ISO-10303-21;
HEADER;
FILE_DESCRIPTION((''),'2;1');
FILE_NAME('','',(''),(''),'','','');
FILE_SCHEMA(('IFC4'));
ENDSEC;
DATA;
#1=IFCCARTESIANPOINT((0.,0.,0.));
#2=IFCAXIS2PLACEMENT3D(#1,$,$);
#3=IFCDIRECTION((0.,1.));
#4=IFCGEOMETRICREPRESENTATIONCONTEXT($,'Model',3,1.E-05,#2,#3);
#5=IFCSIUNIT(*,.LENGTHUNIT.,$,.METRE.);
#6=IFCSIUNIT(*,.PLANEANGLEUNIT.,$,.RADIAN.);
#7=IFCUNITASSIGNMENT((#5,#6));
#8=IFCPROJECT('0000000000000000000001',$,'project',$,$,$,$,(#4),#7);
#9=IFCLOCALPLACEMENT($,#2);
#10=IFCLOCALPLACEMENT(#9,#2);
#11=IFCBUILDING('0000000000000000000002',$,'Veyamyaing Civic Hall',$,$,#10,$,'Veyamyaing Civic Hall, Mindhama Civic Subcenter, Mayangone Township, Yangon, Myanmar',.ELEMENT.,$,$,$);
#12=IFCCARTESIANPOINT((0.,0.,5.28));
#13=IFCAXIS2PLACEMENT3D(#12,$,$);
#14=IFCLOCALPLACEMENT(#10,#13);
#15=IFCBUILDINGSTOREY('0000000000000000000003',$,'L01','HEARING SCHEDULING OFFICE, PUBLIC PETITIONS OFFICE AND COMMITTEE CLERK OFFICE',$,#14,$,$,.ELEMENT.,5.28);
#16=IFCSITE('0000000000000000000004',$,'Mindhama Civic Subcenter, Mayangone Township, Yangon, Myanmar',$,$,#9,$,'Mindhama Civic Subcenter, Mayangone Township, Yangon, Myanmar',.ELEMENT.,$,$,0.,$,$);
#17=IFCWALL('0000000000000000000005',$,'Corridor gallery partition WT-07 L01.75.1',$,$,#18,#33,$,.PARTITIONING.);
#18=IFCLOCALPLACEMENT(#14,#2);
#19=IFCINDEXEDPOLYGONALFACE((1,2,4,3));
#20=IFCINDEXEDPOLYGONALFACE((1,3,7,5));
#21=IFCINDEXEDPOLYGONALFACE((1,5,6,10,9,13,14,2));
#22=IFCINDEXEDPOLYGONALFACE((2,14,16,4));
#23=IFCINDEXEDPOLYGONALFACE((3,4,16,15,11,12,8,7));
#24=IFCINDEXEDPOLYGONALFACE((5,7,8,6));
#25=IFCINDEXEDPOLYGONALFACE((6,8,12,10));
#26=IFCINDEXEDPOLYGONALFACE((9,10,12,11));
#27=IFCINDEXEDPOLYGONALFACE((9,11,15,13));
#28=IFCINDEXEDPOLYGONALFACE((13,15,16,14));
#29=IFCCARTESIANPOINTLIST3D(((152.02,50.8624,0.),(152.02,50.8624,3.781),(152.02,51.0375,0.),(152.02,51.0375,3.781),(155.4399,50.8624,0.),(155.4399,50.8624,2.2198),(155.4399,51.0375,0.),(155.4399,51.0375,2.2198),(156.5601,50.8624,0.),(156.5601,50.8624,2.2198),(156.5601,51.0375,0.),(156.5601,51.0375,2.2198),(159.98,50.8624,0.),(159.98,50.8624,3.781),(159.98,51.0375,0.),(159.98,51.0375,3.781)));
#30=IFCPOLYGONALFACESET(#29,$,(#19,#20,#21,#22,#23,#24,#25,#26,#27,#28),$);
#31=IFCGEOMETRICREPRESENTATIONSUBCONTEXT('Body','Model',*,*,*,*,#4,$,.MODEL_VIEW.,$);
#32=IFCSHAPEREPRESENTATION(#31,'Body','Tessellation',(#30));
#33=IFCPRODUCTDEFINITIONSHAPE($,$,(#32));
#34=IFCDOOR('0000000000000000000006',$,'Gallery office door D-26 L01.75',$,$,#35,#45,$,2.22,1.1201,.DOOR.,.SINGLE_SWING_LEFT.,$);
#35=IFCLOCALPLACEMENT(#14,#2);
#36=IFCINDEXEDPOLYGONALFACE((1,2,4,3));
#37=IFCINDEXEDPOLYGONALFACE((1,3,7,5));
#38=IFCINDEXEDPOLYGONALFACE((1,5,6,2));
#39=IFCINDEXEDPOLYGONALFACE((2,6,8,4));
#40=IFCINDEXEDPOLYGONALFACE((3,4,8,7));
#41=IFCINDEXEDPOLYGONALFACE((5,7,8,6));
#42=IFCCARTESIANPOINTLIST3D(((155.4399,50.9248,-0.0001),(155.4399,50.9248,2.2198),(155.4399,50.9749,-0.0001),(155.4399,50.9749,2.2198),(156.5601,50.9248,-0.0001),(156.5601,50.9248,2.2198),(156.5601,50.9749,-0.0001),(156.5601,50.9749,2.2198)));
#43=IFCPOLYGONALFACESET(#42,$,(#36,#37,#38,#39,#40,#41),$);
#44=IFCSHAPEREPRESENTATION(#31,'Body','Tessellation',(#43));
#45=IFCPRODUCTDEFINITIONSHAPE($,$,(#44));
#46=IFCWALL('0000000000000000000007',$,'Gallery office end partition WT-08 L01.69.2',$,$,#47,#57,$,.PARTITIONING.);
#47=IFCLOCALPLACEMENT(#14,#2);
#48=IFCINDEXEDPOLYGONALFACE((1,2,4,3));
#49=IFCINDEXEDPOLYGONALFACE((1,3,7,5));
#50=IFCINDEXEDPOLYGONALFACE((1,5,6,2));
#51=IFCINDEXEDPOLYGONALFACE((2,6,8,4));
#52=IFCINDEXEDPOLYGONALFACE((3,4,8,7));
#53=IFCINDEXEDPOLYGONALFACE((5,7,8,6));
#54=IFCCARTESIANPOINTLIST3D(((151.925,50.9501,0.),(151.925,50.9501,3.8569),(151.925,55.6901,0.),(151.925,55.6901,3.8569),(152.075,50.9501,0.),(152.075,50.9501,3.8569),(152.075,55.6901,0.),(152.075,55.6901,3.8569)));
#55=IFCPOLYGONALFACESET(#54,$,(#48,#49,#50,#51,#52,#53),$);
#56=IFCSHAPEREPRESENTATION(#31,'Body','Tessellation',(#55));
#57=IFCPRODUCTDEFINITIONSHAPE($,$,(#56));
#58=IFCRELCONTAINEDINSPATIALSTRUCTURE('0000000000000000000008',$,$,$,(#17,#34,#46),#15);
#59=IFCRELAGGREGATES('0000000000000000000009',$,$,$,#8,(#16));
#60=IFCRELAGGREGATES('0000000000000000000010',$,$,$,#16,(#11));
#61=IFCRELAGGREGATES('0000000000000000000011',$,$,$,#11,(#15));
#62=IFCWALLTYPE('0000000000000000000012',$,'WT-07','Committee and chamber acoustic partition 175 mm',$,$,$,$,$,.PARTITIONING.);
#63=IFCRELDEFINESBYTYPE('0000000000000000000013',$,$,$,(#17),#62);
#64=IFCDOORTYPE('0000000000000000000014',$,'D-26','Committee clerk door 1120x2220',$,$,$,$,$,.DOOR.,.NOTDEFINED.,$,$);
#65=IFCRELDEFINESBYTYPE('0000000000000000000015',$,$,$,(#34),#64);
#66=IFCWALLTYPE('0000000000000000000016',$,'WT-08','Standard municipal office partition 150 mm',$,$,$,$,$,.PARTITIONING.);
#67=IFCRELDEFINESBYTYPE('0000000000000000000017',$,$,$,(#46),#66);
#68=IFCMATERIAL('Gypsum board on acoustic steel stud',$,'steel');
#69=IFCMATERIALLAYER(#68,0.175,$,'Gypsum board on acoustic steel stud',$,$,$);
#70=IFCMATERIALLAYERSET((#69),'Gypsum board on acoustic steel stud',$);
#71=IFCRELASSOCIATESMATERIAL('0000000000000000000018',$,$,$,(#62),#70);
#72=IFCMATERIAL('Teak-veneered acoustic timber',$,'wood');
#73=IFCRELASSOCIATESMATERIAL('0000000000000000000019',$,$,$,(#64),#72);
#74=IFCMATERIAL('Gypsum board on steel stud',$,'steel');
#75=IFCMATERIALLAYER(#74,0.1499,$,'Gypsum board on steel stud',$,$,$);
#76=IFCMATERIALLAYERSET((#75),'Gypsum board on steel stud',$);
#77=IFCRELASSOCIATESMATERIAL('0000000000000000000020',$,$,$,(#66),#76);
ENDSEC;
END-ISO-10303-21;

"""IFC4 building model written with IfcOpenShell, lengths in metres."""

from ifc_helpers import new_model, si_unit, direction, frame, frame_2d, origin, place, context, subcontext, project, spatial, rectangle, extrude, material, layer, layer_set, type_object, element, fill, save


model = new_model("IFC4")

# Units and contexts
model_context = context("Model", 3, precision=1e-05, world=origin(), true_north=direction((0.0, 1.0)))
body_context = subcontext(model_context, "Body", "Model", "MODEL_VIEW")
ifc_project = project(units=[si_unit("LENGTHUNIT", "METRE"), si_unit("PLANEANGLEUNIT", "RADIAN")], contexts=[model_context])

# Site, building, storey
site_placement = place(None, origin())
site = spatial("IfcSite", under=ifc_project, at=site_placement, Name="Mindhama Civic Subcenter, Mayangone Township, Yangon, Myanmar", LongName="Mindhama Civic Subcenter, Mayangone Township, Yangon, Myanmar", CompositionType="ELEMENT", RefElevation=0.0)
building_placement = place(site_placement, origin())
building = spatial("IfcBuilding", under=site, at=building_placement, Name="Veyamyaing Civic Hall", LongName="Veyamyaing Civic Hall, Mindhama Civic Subcenter, Mayangone Township, Yangon, Myanmar", CompositionType="ELEMENT")
storey_placement = place(building_placement, frame((0.0, 0.0, 5.28)))
storey = spatial("IfcBuildingStorey", under=building, at=storey_placement, Name="L01", Description="HEARING SCHEDULING OFFICE, PUBLIC PETITIONS OFFICE AND COMMITTEE CLERK OFFICE", CompositionType="ELEMENT", Elevation=5.28)

# Wall, opening, door
ifc_material_1 = material(Name="Gypsum board on acoustic steel stud", Category="steel")
ifc_layer_1 = layer(ifc_material_1, 0.175, Name="Gypsum board on acoustic steel stud")
ifc_layer_set_1 = layer_set([ifc_layer_1], Name="Gypsum board on acoustic steel stud")
wall_type_1 = type_object("IfcWallType", Name="WT-07", Description="Committee and chamber acoustic partition 175 mm", PredefinedType="PARTITIONING", material=ifc_layer_set_1)
wall_1_placement = place(storey_placement, frame((152.02, 50.95, 0.0), z_axis=(0.0, 0.0, 1.0), x_axis=(1.0, 0.0, 0.0)))
wall_1 = element("IfcWall", 1, at=wall_1_placement, inside=storey, type_object=wall_type_1, Name="Corridor gallery partition WT-07 L01.75.1", PredefinedType="PARTITIONING", context=body_context, shape_type="SweptSolid", body=[
    extrude(rectangle(XDim=7.96, YDim=0.175, at=frame_2d((3.98, 0.0))), origin(), (0.0, 0.0, 1.0), 3.781),
])
opening_placement = place(wall_1_placement, frame((3.4199, 0.0, 0.0)))
opening = element("IfcOpeningElement", 2, at=opening_placement, cuts=wall_1, PredefinedType="OPENING", context=body_context, shape_type="SweptSolid", body=[
    extrude(rectangle(XDim=1.1201, YDim=2.22, at=frame_2d((0.5601, 1.1099))), frame((0.0, 0.0974, 0.0), z_axis=(0.0, -1.0, 0.0), x_axis=(1.0, 0.0, 0.0)), (0.0, 0.0, 1.0), 0.1951),
])
ifc_material_2 = material(Name="Teak-veneered acoustic timber", Category="wood")
door_type = type_object("IfcDoorType", Name="D-26", Description="Committee clerk door 1120x2220", OperationType="NOTDEFINED", PredefinedType="DOOR", material=ifc_material_2)
door_placement = place(opening_placement, origin())
door = element("IfcDoor", 3, at=door_placement, inside=storey, type_object=door_type, Name="Gallery office door D-26 L01.75", OperationType="SINGLE_SWING_LEFT", OverallHeight=2.22, OverallWidth=1.1201, PredefinedType="DOOR", context=body_context, shape_type="SweptSolid", body=[
    extrude(rectangle(XDim=1.1201, YDim=2.22, at=frame_2d((0.5601, 1.1099))), frame((0.0, 0.0249, 0.0), z_axis=(0.0, -1.0, 0.0), x_axis=(1.0, 0.0, 0.0)), (0.0, 0.0, 1.0), 0.05),
])
fill(opening, door)

# Wall
ifc_material_3 = material(Name="Gypsum board on steel stud", Category="steel")
ifc_layer_2 = layer(ifc_material_3, 0.1499, Name="Gypsum board on steel stud")
ifc_layer_set_2 = layer_set([ifc_layer_2], Name="Gypsum board on steel stud")
wall_type_2 = type_object("IfcWallType", Name="WT-08", Description="Standard municipal office partition 150 mm", PredefinedType="PARTITIONING", material=ifc_layer_set_2)
wall_2_placement = place(storey_placement, frame((152.0, 50.95, 0.0), z_axis=(0.0, 0.0, 1.0), x_axis=(0.0, 1.0, 0.0)))
element("IfcWall", 4, at=wall_2_placement, inside=storey, type_object=wall_type_2, Name="Gallery office end partition WT-08 L01.69.2", PredefinedType="PARTITIONING", context=body_context, shape_type="SweptSolid", body=[
    extrude(rectangle(XDim=4.74, YDim=0.1499, at=frame_2d((2.3701, 0.0))), origin(), (0.0, 0.0, 1.0), 3.8569),
])

save(model, "model.ifc")
